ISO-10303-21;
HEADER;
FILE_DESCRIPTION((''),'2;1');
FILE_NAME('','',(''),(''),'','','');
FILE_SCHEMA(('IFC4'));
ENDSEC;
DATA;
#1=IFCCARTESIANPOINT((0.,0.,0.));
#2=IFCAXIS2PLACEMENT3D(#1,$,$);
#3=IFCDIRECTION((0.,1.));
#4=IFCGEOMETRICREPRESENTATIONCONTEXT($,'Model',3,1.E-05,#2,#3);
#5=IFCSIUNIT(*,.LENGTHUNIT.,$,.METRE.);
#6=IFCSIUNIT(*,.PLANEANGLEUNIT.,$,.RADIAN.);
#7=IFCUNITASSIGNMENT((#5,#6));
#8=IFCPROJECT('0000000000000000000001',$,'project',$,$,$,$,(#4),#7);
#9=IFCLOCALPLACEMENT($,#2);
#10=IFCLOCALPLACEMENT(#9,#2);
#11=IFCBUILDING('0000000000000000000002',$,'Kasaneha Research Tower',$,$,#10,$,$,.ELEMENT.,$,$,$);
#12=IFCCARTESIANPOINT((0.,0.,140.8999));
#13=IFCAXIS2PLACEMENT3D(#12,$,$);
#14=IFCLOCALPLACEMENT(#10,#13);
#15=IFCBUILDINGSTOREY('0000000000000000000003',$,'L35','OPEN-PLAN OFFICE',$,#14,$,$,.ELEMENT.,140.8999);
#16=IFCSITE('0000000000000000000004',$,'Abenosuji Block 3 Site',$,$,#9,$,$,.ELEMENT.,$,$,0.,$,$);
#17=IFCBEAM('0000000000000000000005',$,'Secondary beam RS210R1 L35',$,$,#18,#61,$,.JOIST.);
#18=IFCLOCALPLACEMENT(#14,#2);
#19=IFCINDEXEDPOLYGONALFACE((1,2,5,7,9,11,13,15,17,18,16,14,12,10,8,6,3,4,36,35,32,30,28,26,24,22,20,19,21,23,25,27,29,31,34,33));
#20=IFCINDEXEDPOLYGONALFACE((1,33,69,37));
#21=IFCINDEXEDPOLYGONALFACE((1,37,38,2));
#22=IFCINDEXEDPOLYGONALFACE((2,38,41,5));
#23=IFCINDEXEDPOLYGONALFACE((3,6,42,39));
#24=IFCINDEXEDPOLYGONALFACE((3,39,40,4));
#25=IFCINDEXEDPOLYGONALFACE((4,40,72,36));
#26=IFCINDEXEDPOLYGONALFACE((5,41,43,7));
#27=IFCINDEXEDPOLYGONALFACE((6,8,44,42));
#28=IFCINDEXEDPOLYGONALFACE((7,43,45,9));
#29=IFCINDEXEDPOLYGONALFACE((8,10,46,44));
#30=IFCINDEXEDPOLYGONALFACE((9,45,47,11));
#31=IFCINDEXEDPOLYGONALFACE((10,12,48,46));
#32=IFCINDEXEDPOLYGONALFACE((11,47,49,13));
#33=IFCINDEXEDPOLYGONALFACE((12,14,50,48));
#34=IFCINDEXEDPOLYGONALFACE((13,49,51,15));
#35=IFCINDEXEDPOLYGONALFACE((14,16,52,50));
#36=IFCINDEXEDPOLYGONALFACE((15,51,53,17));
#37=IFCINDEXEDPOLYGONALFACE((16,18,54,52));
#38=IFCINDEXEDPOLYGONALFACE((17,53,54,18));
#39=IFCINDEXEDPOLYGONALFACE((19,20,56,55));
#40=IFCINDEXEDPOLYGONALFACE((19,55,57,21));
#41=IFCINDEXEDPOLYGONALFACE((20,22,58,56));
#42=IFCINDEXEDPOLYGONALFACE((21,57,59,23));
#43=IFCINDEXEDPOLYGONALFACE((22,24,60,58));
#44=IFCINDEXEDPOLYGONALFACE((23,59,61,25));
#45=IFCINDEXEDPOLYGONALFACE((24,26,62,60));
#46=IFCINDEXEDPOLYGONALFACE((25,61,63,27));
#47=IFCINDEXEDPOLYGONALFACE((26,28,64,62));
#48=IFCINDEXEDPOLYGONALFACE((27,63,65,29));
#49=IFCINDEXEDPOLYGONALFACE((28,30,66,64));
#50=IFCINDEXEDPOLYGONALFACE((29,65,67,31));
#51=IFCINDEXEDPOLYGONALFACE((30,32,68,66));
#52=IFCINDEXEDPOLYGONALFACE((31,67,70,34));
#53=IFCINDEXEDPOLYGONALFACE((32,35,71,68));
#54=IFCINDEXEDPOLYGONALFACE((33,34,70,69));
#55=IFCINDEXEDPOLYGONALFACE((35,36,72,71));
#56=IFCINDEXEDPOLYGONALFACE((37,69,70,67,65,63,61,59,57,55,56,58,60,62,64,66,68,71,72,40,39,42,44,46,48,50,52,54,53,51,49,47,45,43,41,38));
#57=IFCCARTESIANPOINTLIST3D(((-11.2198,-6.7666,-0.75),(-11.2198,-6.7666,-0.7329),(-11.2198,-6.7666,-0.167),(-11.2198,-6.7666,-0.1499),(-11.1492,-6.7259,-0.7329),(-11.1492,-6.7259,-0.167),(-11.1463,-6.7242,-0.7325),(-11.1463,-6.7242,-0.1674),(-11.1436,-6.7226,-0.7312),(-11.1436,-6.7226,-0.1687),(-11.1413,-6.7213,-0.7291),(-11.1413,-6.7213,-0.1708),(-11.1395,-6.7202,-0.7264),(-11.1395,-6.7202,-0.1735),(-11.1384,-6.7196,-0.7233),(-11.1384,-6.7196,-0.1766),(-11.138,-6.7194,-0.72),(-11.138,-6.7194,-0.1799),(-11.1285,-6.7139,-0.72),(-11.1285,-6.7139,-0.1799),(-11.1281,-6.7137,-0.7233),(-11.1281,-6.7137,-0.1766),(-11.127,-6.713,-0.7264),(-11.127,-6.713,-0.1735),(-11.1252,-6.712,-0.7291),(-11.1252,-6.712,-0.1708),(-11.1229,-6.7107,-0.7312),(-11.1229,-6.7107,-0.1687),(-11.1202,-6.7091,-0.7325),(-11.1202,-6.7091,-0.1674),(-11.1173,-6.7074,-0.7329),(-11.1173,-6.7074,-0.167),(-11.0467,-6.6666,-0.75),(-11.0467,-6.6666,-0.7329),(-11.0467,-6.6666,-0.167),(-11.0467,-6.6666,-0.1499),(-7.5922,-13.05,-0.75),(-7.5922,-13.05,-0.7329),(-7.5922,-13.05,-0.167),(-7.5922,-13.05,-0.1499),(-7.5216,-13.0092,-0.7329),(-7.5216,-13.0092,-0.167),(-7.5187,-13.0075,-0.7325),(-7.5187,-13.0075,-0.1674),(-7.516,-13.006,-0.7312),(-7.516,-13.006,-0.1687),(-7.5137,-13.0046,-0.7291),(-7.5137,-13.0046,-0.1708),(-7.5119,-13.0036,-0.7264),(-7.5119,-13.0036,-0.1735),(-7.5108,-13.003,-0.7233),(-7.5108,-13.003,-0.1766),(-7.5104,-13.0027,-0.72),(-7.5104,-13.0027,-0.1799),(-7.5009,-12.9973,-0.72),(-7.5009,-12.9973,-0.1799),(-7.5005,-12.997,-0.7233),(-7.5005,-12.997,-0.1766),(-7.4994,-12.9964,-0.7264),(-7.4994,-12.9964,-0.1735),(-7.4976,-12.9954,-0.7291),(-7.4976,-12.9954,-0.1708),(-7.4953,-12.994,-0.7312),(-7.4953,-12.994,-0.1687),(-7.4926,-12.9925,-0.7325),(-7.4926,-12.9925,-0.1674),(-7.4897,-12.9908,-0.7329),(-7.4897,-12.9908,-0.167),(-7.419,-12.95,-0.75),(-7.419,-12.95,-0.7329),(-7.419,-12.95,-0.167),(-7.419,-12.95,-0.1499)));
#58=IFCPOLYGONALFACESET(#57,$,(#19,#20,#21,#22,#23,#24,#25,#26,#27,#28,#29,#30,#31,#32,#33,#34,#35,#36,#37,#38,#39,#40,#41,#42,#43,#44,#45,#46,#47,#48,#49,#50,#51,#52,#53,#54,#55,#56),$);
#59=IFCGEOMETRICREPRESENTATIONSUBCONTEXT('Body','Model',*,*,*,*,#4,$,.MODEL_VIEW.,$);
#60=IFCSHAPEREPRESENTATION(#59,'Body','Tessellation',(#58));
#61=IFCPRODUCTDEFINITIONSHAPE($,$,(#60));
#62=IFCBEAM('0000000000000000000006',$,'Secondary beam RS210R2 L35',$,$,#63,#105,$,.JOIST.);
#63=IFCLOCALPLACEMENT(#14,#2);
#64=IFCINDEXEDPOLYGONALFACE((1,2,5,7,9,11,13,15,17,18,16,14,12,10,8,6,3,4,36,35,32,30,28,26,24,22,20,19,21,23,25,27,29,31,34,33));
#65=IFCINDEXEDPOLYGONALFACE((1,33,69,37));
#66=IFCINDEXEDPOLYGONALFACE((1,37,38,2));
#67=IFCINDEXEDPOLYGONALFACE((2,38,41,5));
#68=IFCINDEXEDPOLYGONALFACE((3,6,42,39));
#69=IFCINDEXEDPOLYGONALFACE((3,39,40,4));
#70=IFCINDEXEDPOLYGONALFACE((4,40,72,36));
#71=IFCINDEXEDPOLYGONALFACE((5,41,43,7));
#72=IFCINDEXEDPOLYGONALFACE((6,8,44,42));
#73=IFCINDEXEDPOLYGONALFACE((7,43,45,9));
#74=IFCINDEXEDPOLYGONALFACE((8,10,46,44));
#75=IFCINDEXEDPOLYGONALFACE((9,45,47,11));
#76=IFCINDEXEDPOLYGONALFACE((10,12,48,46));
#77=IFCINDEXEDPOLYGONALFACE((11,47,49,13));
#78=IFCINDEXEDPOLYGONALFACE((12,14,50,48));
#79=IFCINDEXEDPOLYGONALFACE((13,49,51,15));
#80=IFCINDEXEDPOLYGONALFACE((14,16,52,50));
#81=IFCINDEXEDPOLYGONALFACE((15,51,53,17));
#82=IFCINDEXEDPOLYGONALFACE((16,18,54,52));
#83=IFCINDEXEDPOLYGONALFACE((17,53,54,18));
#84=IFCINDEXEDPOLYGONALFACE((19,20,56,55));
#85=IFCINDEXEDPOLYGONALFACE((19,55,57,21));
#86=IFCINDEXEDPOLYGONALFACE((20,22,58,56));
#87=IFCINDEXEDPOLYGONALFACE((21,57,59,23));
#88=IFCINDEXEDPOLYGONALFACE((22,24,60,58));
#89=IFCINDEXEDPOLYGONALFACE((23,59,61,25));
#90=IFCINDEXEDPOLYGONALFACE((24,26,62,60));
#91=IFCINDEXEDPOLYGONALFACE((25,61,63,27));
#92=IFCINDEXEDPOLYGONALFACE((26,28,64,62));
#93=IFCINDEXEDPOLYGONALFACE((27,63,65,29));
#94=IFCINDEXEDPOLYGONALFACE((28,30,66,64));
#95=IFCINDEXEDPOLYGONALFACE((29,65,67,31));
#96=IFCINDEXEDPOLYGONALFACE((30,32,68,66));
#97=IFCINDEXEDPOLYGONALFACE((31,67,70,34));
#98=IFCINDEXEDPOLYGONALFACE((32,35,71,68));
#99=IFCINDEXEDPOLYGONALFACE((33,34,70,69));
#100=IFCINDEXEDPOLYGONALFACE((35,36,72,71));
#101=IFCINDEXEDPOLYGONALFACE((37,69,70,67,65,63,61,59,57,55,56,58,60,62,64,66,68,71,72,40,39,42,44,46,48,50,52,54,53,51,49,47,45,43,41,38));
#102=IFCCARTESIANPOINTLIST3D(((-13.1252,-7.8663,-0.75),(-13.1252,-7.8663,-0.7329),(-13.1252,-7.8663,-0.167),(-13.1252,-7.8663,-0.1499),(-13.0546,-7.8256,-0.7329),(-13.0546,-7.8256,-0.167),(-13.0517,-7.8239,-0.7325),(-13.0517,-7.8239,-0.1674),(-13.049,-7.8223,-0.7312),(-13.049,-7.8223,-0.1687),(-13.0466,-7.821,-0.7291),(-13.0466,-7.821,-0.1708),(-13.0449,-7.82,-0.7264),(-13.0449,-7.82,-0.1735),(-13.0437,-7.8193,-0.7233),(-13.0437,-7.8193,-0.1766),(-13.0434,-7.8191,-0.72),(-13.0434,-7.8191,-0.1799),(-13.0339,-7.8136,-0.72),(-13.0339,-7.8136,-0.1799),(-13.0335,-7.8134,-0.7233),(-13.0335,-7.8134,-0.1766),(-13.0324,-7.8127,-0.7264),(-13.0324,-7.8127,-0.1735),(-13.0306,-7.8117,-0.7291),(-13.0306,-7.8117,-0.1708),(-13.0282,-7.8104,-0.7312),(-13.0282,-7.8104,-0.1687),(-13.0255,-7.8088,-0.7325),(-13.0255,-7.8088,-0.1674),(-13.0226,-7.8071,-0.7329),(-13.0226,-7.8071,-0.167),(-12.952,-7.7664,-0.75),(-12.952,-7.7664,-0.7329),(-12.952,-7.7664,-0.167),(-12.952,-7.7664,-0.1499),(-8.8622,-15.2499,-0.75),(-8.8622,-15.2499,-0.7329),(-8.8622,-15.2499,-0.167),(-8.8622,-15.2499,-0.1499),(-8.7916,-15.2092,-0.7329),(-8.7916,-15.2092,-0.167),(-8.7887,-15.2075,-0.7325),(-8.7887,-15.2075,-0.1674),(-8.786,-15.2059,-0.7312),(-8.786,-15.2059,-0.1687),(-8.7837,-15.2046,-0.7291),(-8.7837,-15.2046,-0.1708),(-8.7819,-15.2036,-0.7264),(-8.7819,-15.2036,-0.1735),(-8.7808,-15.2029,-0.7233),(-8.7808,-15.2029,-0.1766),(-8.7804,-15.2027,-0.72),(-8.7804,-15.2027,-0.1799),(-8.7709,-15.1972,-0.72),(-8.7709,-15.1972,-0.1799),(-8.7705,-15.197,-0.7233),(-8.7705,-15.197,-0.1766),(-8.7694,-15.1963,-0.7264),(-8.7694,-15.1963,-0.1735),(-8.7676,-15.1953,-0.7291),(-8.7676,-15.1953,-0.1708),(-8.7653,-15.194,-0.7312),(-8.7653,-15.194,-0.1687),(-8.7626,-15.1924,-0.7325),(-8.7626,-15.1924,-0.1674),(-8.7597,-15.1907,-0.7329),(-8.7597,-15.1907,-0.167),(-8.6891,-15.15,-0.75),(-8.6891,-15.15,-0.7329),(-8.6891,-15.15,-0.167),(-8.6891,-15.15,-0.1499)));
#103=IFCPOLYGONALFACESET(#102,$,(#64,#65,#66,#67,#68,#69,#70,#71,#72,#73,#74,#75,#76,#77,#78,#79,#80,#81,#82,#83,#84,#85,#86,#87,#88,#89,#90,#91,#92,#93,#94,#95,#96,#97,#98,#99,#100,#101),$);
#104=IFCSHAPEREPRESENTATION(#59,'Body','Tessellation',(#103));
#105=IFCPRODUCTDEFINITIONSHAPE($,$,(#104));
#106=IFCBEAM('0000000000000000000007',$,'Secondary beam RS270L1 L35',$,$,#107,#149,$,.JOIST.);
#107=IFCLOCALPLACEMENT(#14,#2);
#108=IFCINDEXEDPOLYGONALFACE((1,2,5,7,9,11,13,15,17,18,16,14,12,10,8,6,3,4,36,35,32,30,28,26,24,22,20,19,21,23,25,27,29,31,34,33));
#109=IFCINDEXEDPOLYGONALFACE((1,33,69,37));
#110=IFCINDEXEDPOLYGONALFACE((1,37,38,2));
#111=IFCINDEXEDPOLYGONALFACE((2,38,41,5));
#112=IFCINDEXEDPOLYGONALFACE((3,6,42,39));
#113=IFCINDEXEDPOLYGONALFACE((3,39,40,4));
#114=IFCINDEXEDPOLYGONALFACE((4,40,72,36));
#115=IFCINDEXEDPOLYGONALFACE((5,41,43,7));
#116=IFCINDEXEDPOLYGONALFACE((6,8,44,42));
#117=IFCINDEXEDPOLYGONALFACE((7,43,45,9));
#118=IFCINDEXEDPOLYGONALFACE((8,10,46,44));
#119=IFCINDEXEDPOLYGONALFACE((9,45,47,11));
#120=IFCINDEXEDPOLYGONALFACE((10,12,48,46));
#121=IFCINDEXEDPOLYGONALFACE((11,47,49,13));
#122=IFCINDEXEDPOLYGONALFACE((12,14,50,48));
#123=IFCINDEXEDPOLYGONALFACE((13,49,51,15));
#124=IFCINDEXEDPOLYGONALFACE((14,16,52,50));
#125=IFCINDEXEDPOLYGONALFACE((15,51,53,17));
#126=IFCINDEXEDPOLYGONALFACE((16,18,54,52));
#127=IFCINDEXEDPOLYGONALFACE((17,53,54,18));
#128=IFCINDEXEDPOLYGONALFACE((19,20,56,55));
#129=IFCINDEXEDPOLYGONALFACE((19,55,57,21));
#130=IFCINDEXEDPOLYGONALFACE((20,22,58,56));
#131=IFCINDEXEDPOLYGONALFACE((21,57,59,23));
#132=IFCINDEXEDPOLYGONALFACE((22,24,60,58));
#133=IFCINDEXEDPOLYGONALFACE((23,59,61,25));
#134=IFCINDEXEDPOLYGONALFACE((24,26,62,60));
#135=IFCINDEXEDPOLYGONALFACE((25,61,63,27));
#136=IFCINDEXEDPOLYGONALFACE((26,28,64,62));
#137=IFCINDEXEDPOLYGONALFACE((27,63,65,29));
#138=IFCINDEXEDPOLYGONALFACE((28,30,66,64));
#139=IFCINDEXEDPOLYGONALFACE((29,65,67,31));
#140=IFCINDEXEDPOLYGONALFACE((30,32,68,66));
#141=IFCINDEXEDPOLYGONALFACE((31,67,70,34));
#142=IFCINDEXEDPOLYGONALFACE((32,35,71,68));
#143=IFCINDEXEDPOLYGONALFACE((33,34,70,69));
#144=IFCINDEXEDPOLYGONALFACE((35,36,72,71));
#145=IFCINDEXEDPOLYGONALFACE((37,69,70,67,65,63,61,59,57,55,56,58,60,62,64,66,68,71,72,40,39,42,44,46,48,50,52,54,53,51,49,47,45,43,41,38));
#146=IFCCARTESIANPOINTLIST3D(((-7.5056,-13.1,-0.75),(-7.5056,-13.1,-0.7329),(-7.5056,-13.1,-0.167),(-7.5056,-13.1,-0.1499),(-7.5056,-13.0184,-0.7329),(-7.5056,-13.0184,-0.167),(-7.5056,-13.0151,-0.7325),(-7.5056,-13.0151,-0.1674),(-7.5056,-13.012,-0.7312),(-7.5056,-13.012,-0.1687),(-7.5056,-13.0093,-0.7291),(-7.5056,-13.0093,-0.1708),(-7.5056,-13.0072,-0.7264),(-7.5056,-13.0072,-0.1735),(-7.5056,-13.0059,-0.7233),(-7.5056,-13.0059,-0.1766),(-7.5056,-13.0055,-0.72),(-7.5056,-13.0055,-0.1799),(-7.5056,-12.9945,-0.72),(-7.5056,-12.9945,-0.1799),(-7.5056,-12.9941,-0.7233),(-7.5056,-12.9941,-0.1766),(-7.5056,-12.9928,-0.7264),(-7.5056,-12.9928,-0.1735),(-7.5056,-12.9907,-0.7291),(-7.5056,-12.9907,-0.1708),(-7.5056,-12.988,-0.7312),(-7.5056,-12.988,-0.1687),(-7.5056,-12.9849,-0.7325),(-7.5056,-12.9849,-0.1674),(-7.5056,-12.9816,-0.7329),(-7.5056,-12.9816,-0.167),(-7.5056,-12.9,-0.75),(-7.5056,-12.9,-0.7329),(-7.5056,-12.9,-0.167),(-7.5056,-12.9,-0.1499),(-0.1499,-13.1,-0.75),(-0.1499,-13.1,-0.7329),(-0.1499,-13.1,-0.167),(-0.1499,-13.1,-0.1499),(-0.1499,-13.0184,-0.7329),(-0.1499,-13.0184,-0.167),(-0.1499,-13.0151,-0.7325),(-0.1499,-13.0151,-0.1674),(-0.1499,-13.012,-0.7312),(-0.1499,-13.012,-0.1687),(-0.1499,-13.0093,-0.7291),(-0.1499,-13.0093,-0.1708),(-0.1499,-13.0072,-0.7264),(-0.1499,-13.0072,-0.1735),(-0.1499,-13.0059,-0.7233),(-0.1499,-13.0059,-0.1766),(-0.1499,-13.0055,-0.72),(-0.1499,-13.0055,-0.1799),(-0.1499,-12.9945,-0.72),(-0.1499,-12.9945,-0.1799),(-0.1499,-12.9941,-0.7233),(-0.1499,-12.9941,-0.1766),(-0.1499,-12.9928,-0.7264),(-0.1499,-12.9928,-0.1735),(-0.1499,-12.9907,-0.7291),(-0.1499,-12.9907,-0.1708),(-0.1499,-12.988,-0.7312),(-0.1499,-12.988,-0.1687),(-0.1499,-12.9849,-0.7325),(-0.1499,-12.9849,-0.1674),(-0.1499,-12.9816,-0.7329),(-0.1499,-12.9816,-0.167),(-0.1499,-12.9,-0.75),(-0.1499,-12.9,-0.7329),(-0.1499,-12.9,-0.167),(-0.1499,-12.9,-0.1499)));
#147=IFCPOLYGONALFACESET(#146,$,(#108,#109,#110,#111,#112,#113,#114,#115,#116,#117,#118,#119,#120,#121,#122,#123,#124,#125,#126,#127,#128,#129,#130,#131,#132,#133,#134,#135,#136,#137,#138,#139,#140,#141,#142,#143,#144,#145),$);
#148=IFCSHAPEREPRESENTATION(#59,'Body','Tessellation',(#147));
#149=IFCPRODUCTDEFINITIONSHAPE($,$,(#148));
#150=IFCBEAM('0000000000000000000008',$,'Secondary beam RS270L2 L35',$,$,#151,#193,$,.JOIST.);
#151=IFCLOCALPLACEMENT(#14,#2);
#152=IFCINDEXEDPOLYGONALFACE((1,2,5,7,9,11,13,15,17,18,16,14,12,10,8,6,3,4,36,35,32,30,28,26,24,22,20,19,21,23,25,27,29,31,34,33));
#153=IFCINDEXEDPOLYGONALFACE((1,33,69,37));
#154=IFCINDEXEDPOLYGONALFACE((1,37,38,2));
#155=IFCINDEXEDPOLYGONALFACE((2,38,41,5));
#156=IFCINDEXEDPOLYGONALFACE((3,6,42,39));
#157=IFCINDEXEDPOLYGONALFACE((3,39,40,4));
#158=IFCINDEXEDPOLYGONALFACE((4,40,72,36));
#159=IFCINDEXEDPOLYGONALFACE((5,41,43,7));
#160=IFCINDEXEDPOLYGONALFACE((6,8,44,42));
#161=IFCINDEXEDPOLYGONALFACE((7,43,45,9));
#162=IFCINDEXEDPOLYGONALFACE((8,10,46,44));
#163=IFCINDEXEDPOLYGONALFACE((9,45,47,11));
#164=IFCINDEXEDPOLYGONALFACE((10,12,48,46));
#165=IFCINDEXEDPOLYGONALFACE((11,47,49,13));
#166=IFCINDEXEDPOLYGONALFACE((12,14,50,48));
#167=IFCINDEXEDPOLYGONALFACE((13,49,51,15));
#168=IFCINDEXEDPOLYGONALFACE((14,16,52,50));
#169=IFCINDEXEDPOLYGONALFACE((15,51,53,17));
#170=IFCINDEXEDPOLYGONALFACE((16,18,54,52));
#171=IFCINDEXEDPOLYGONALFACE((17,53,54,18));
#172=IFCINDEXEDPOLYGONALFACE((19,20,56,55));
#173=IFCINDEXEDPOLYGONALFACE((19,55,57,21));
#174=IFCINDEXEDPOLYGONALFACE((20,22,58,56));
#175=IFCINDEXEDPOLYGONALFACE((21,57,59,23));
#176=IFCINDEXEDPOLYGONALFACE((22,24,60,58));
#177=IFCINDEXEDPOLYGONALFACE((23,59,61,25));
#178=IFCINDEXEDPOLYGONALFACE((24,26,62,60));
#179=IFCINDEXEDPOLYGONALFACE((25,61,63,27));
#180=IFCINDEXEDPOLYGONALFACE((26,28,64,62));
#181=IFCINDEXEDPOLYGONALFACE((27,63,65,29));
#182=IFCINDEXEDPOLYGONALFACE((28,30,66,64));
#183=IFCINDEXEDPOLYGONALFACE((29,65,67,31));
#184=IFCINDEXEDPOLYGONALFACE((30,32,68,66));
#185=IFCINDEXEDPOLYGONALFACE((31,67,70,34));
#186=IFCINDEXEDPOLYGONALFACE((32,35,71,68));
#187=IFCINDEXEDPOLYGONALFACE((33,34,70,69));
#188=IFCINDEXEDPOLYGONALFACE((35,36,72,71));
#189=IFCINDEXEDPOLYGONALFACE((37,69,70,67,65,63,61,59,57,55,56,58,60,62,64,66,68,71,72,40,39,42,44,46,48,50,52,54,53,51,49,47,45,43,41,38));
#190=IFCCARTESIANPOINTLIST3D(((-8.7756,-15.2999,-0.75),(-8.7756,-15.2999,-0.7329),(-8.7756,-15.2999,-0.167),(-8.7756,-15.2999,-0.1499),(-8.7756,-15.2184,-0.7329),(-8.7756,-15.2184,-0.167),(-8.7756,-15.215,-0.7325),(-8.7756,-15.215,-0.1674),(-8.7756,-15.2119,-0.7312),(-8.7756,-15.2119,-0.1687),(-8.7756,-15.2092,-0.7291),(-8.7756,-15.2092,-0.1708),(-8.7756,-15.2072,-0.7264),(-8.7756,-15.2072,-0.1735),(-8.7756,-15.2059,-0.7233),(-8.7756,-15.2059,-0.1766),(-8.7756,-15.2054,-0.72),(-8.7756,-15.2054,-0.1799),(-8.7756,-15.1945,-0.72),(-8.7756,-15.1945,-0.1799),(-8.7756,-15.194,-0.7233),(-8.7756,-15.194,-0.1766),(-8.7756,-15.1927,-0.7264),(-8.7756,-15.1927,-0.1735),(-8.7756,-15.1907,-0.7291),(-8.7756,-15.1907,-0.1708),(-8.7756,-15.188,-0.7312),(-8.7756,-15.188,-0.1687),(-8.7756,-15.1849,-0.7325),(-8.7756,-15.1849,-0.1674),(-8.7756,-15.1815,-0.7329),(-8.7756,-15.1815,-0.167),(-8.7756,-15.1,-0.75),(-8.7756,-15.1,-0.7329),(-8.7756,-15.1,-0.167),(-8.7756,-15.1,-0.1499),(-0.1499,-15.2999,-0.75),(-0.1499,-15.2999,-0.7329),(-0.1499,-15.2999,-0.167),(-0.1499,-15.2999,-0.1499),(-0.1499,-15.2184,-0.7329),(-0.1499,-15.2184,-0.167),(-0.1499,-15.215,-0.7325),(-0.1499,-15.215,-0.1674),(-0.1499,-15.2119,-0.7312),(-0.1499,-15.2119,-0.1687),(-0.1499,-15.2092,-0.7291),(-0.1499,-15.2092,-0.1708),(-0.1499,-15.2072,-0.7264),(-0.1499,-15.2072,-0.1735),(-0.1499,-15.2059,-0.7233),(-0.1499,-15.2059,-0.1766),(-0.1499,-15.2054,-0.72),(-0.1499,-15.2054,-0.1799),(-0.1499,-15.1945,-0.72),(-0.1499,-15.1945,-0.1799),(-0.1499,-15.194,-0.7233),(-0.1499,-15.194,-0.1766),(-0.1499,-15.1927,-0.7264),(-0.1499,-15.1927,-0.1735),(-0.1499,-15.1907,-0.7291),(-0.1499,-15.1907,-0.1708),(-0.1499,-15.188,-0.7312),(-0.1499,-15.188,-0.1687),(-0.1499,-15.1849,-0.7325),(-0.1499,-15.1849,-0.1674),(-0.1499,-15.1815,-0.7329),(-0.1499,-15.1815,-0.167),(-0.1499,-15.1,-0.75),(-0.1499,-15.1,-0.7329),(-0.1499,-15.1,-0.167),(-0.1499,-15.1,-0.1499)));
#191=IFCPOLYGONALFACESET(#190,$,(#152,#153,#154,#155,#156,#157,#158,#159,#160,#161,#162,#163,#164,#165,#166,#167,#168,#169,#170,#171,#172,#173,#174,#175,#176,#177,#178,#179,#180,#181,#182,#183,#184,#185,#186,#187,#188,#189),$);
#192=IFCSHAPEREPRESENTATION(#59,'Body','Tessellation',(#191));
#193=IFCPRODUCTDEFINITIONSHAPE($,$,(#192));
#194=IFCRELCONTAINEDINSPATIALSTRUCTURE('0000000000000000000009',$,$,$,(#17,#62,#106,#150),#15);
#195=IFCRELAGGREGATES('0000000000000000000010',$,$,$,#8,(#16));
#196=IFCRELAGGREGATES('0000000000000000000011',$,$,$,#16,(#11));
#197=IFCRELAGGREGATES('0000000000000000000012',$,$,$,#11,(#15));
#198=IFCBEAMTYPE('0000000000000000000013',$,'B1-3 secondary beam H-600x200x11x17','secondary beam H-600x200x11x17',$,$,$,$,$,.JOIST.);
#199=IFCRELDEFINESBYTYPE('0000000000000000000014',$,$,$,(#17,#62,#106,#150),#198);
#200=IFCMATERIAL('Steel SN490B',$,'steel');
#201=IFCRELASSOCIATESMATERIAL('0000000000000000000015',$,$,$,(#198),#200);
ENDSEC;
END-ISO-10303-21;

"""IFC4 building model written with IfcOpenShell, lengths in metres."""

from ifc_helpers import new_model, si_unit, direction, frame, origin, origin_2d, place, context, subcontext, project, spatial, i_section, extrude, material, material_profile, profile_set, type_object, element, save


model = new_model("IFC4")

# Units and contexts
model_context = context("Model", 3, precision=1e-05, world=origin(), true_north=direction((0.0, 1.0)))
body_context = subcontext(model_context, "Body", "Model", "MODEL_VIEW")
ifc_project = project(units=[si_unit("LENGTHUNIT", "METRE"), si_unit("PLANEANGLEUNIT", "RADIAN")], contexts=[model_context])

# Site, building, storey
site_placement = place(None, origin())
site = spatial("IfcSite", under=ifc_project, at=site_placement, Name="Abenosuji Block 3 Site", CompositionType="ELEMENT", RefElevation=0.0)
building_placement = place(site_placement, origin())
building = spatial("IfcBuilding", under=site, at=building_placement, Name="Kasaneha Research Tower", CompositionType="ELEMENT")
storey_placement = place(building_placement, frame((0.0, 0.0, 140.8999)))
storey = spatial("IfcBuildingStorey", under=building, at=storey_placement, Name="L35", Description="OPEN-PLAN OFFICE", CompositionType="ELEMENT", Elevation=140.8999)

# Beams
ifc_material_1 = material(Name="Steel SN490B", Category="steel")
ifc_material_profile = material_profile(ifc_material_1, i_section(OverallWidth=0.2, OverallDepth=0.6001, WebThickness=0.011, FlangeThickness=0.0171, FilletRadius=0.0129, at=origin_2d()), Name="H-600x200x11x17")
ifc_profile_set = profile_set([ifc_material_profile], Name="Steel SN490B")
beam_type = type_object("IfcBeamType", Name="B1-3 secondary beam H-600x200x11x17", Description="secondary beam H-600x200x11x17", PredefinedType="JOIST", material=ifc_profile_set)
beam_1_placement = place(storey_placement, frame((-7.5056, -13.0, -0.45), z_axis=(-0.499993, 0.866029, 0.0), x_axis=(-0.866029, -0.499993, 0.0)))
element("IfcBeam", 1, at=beam_1_placement, inside=storey, type_object=beam_type, Name="Secondary beam RS210R1 L35", PredefinedType="JOIST", context=body_context, shape_type="SweptSolid", body=[
    extrude(i_section(OverallWidth=0.2, OverallDepth=0.6001, WebThickness=0.011, FlangeThickness=0.0171, FilletRadius=0.0129, at=origin_2d()), origin(), (0.0, 0.0, 1.0), 7.2554),
])
beam_2_placement = place(storey_placement, frame((-8.7756, -15.2, -0.45), z_axis=(-0.500004, 0.866023, 0.0), x_axis=(-0.866023, -0.500004, 0.0)))
element("IfcBeam", 2, at=beam_2_placement, inside=storey, type_object=beam_type, Name="Secondary beam RS210R2 L35", PredefinedType="JOIST", context=body_context, shape_type="SweptSolid", body=[
    extrude(i_section(OverallWidth=0.2, OverallDepth=0.6001, WebThickness=0.011, FlangeThickness=0.0171, FilletRadius=0.0129, at=origin_2d()), origin(), (0.0, 0.0, 1.0), 8.5259),
])
beam_3_placement = place(storey_placement, frame((-7.5056, -13.0, -0.45), z_axis=(1.0, 0.0, 0.0), x_axis=(0.0, 1.0, 0.0)))
element("IfcBeam", 3, at=beam_3_placement, inside=storey, type_object=beam_type, Name="Secondary beam RS270L1 L35", PredefinedType="JOIST", context=body_context, shape_type="SweptSolid", body=[
    extrude(i_section(OverallWidth=0.2, OverallDepth=0.6001, WebThickness=0.011, FlangeThickness=0.0171, FilletRadius=0.0129, at=origin_2d()), origin(), (0.0, 0.0, 1.0), 7.3557),
])
beam_4_placement = place(storey_placement, frame((-8.7756, -15.2, -0.45), z_axis=(1.0, 0.0, 0.0), x_axis=(0.0, 1.0, 0.0)))
element("IfcBeam", 4, at=beam_4_placement, inside=storey, type_object=beam_type, Name="Secondary beam RS270L2 L35", PredefinedType="JOIST", context=body_context, shape_type="SweptSolid", body=[
    extrude(i_section(OverallWidth=0.2, OverallDepth=0.6001, WebThickness=0.011, FlangeThickness=0.0171, FilletRadius=0.0129, at=origin_2d()), origin(), (0.0, 0.0, 1.0), 8.6257),
])

save(model, "model.ifc")
